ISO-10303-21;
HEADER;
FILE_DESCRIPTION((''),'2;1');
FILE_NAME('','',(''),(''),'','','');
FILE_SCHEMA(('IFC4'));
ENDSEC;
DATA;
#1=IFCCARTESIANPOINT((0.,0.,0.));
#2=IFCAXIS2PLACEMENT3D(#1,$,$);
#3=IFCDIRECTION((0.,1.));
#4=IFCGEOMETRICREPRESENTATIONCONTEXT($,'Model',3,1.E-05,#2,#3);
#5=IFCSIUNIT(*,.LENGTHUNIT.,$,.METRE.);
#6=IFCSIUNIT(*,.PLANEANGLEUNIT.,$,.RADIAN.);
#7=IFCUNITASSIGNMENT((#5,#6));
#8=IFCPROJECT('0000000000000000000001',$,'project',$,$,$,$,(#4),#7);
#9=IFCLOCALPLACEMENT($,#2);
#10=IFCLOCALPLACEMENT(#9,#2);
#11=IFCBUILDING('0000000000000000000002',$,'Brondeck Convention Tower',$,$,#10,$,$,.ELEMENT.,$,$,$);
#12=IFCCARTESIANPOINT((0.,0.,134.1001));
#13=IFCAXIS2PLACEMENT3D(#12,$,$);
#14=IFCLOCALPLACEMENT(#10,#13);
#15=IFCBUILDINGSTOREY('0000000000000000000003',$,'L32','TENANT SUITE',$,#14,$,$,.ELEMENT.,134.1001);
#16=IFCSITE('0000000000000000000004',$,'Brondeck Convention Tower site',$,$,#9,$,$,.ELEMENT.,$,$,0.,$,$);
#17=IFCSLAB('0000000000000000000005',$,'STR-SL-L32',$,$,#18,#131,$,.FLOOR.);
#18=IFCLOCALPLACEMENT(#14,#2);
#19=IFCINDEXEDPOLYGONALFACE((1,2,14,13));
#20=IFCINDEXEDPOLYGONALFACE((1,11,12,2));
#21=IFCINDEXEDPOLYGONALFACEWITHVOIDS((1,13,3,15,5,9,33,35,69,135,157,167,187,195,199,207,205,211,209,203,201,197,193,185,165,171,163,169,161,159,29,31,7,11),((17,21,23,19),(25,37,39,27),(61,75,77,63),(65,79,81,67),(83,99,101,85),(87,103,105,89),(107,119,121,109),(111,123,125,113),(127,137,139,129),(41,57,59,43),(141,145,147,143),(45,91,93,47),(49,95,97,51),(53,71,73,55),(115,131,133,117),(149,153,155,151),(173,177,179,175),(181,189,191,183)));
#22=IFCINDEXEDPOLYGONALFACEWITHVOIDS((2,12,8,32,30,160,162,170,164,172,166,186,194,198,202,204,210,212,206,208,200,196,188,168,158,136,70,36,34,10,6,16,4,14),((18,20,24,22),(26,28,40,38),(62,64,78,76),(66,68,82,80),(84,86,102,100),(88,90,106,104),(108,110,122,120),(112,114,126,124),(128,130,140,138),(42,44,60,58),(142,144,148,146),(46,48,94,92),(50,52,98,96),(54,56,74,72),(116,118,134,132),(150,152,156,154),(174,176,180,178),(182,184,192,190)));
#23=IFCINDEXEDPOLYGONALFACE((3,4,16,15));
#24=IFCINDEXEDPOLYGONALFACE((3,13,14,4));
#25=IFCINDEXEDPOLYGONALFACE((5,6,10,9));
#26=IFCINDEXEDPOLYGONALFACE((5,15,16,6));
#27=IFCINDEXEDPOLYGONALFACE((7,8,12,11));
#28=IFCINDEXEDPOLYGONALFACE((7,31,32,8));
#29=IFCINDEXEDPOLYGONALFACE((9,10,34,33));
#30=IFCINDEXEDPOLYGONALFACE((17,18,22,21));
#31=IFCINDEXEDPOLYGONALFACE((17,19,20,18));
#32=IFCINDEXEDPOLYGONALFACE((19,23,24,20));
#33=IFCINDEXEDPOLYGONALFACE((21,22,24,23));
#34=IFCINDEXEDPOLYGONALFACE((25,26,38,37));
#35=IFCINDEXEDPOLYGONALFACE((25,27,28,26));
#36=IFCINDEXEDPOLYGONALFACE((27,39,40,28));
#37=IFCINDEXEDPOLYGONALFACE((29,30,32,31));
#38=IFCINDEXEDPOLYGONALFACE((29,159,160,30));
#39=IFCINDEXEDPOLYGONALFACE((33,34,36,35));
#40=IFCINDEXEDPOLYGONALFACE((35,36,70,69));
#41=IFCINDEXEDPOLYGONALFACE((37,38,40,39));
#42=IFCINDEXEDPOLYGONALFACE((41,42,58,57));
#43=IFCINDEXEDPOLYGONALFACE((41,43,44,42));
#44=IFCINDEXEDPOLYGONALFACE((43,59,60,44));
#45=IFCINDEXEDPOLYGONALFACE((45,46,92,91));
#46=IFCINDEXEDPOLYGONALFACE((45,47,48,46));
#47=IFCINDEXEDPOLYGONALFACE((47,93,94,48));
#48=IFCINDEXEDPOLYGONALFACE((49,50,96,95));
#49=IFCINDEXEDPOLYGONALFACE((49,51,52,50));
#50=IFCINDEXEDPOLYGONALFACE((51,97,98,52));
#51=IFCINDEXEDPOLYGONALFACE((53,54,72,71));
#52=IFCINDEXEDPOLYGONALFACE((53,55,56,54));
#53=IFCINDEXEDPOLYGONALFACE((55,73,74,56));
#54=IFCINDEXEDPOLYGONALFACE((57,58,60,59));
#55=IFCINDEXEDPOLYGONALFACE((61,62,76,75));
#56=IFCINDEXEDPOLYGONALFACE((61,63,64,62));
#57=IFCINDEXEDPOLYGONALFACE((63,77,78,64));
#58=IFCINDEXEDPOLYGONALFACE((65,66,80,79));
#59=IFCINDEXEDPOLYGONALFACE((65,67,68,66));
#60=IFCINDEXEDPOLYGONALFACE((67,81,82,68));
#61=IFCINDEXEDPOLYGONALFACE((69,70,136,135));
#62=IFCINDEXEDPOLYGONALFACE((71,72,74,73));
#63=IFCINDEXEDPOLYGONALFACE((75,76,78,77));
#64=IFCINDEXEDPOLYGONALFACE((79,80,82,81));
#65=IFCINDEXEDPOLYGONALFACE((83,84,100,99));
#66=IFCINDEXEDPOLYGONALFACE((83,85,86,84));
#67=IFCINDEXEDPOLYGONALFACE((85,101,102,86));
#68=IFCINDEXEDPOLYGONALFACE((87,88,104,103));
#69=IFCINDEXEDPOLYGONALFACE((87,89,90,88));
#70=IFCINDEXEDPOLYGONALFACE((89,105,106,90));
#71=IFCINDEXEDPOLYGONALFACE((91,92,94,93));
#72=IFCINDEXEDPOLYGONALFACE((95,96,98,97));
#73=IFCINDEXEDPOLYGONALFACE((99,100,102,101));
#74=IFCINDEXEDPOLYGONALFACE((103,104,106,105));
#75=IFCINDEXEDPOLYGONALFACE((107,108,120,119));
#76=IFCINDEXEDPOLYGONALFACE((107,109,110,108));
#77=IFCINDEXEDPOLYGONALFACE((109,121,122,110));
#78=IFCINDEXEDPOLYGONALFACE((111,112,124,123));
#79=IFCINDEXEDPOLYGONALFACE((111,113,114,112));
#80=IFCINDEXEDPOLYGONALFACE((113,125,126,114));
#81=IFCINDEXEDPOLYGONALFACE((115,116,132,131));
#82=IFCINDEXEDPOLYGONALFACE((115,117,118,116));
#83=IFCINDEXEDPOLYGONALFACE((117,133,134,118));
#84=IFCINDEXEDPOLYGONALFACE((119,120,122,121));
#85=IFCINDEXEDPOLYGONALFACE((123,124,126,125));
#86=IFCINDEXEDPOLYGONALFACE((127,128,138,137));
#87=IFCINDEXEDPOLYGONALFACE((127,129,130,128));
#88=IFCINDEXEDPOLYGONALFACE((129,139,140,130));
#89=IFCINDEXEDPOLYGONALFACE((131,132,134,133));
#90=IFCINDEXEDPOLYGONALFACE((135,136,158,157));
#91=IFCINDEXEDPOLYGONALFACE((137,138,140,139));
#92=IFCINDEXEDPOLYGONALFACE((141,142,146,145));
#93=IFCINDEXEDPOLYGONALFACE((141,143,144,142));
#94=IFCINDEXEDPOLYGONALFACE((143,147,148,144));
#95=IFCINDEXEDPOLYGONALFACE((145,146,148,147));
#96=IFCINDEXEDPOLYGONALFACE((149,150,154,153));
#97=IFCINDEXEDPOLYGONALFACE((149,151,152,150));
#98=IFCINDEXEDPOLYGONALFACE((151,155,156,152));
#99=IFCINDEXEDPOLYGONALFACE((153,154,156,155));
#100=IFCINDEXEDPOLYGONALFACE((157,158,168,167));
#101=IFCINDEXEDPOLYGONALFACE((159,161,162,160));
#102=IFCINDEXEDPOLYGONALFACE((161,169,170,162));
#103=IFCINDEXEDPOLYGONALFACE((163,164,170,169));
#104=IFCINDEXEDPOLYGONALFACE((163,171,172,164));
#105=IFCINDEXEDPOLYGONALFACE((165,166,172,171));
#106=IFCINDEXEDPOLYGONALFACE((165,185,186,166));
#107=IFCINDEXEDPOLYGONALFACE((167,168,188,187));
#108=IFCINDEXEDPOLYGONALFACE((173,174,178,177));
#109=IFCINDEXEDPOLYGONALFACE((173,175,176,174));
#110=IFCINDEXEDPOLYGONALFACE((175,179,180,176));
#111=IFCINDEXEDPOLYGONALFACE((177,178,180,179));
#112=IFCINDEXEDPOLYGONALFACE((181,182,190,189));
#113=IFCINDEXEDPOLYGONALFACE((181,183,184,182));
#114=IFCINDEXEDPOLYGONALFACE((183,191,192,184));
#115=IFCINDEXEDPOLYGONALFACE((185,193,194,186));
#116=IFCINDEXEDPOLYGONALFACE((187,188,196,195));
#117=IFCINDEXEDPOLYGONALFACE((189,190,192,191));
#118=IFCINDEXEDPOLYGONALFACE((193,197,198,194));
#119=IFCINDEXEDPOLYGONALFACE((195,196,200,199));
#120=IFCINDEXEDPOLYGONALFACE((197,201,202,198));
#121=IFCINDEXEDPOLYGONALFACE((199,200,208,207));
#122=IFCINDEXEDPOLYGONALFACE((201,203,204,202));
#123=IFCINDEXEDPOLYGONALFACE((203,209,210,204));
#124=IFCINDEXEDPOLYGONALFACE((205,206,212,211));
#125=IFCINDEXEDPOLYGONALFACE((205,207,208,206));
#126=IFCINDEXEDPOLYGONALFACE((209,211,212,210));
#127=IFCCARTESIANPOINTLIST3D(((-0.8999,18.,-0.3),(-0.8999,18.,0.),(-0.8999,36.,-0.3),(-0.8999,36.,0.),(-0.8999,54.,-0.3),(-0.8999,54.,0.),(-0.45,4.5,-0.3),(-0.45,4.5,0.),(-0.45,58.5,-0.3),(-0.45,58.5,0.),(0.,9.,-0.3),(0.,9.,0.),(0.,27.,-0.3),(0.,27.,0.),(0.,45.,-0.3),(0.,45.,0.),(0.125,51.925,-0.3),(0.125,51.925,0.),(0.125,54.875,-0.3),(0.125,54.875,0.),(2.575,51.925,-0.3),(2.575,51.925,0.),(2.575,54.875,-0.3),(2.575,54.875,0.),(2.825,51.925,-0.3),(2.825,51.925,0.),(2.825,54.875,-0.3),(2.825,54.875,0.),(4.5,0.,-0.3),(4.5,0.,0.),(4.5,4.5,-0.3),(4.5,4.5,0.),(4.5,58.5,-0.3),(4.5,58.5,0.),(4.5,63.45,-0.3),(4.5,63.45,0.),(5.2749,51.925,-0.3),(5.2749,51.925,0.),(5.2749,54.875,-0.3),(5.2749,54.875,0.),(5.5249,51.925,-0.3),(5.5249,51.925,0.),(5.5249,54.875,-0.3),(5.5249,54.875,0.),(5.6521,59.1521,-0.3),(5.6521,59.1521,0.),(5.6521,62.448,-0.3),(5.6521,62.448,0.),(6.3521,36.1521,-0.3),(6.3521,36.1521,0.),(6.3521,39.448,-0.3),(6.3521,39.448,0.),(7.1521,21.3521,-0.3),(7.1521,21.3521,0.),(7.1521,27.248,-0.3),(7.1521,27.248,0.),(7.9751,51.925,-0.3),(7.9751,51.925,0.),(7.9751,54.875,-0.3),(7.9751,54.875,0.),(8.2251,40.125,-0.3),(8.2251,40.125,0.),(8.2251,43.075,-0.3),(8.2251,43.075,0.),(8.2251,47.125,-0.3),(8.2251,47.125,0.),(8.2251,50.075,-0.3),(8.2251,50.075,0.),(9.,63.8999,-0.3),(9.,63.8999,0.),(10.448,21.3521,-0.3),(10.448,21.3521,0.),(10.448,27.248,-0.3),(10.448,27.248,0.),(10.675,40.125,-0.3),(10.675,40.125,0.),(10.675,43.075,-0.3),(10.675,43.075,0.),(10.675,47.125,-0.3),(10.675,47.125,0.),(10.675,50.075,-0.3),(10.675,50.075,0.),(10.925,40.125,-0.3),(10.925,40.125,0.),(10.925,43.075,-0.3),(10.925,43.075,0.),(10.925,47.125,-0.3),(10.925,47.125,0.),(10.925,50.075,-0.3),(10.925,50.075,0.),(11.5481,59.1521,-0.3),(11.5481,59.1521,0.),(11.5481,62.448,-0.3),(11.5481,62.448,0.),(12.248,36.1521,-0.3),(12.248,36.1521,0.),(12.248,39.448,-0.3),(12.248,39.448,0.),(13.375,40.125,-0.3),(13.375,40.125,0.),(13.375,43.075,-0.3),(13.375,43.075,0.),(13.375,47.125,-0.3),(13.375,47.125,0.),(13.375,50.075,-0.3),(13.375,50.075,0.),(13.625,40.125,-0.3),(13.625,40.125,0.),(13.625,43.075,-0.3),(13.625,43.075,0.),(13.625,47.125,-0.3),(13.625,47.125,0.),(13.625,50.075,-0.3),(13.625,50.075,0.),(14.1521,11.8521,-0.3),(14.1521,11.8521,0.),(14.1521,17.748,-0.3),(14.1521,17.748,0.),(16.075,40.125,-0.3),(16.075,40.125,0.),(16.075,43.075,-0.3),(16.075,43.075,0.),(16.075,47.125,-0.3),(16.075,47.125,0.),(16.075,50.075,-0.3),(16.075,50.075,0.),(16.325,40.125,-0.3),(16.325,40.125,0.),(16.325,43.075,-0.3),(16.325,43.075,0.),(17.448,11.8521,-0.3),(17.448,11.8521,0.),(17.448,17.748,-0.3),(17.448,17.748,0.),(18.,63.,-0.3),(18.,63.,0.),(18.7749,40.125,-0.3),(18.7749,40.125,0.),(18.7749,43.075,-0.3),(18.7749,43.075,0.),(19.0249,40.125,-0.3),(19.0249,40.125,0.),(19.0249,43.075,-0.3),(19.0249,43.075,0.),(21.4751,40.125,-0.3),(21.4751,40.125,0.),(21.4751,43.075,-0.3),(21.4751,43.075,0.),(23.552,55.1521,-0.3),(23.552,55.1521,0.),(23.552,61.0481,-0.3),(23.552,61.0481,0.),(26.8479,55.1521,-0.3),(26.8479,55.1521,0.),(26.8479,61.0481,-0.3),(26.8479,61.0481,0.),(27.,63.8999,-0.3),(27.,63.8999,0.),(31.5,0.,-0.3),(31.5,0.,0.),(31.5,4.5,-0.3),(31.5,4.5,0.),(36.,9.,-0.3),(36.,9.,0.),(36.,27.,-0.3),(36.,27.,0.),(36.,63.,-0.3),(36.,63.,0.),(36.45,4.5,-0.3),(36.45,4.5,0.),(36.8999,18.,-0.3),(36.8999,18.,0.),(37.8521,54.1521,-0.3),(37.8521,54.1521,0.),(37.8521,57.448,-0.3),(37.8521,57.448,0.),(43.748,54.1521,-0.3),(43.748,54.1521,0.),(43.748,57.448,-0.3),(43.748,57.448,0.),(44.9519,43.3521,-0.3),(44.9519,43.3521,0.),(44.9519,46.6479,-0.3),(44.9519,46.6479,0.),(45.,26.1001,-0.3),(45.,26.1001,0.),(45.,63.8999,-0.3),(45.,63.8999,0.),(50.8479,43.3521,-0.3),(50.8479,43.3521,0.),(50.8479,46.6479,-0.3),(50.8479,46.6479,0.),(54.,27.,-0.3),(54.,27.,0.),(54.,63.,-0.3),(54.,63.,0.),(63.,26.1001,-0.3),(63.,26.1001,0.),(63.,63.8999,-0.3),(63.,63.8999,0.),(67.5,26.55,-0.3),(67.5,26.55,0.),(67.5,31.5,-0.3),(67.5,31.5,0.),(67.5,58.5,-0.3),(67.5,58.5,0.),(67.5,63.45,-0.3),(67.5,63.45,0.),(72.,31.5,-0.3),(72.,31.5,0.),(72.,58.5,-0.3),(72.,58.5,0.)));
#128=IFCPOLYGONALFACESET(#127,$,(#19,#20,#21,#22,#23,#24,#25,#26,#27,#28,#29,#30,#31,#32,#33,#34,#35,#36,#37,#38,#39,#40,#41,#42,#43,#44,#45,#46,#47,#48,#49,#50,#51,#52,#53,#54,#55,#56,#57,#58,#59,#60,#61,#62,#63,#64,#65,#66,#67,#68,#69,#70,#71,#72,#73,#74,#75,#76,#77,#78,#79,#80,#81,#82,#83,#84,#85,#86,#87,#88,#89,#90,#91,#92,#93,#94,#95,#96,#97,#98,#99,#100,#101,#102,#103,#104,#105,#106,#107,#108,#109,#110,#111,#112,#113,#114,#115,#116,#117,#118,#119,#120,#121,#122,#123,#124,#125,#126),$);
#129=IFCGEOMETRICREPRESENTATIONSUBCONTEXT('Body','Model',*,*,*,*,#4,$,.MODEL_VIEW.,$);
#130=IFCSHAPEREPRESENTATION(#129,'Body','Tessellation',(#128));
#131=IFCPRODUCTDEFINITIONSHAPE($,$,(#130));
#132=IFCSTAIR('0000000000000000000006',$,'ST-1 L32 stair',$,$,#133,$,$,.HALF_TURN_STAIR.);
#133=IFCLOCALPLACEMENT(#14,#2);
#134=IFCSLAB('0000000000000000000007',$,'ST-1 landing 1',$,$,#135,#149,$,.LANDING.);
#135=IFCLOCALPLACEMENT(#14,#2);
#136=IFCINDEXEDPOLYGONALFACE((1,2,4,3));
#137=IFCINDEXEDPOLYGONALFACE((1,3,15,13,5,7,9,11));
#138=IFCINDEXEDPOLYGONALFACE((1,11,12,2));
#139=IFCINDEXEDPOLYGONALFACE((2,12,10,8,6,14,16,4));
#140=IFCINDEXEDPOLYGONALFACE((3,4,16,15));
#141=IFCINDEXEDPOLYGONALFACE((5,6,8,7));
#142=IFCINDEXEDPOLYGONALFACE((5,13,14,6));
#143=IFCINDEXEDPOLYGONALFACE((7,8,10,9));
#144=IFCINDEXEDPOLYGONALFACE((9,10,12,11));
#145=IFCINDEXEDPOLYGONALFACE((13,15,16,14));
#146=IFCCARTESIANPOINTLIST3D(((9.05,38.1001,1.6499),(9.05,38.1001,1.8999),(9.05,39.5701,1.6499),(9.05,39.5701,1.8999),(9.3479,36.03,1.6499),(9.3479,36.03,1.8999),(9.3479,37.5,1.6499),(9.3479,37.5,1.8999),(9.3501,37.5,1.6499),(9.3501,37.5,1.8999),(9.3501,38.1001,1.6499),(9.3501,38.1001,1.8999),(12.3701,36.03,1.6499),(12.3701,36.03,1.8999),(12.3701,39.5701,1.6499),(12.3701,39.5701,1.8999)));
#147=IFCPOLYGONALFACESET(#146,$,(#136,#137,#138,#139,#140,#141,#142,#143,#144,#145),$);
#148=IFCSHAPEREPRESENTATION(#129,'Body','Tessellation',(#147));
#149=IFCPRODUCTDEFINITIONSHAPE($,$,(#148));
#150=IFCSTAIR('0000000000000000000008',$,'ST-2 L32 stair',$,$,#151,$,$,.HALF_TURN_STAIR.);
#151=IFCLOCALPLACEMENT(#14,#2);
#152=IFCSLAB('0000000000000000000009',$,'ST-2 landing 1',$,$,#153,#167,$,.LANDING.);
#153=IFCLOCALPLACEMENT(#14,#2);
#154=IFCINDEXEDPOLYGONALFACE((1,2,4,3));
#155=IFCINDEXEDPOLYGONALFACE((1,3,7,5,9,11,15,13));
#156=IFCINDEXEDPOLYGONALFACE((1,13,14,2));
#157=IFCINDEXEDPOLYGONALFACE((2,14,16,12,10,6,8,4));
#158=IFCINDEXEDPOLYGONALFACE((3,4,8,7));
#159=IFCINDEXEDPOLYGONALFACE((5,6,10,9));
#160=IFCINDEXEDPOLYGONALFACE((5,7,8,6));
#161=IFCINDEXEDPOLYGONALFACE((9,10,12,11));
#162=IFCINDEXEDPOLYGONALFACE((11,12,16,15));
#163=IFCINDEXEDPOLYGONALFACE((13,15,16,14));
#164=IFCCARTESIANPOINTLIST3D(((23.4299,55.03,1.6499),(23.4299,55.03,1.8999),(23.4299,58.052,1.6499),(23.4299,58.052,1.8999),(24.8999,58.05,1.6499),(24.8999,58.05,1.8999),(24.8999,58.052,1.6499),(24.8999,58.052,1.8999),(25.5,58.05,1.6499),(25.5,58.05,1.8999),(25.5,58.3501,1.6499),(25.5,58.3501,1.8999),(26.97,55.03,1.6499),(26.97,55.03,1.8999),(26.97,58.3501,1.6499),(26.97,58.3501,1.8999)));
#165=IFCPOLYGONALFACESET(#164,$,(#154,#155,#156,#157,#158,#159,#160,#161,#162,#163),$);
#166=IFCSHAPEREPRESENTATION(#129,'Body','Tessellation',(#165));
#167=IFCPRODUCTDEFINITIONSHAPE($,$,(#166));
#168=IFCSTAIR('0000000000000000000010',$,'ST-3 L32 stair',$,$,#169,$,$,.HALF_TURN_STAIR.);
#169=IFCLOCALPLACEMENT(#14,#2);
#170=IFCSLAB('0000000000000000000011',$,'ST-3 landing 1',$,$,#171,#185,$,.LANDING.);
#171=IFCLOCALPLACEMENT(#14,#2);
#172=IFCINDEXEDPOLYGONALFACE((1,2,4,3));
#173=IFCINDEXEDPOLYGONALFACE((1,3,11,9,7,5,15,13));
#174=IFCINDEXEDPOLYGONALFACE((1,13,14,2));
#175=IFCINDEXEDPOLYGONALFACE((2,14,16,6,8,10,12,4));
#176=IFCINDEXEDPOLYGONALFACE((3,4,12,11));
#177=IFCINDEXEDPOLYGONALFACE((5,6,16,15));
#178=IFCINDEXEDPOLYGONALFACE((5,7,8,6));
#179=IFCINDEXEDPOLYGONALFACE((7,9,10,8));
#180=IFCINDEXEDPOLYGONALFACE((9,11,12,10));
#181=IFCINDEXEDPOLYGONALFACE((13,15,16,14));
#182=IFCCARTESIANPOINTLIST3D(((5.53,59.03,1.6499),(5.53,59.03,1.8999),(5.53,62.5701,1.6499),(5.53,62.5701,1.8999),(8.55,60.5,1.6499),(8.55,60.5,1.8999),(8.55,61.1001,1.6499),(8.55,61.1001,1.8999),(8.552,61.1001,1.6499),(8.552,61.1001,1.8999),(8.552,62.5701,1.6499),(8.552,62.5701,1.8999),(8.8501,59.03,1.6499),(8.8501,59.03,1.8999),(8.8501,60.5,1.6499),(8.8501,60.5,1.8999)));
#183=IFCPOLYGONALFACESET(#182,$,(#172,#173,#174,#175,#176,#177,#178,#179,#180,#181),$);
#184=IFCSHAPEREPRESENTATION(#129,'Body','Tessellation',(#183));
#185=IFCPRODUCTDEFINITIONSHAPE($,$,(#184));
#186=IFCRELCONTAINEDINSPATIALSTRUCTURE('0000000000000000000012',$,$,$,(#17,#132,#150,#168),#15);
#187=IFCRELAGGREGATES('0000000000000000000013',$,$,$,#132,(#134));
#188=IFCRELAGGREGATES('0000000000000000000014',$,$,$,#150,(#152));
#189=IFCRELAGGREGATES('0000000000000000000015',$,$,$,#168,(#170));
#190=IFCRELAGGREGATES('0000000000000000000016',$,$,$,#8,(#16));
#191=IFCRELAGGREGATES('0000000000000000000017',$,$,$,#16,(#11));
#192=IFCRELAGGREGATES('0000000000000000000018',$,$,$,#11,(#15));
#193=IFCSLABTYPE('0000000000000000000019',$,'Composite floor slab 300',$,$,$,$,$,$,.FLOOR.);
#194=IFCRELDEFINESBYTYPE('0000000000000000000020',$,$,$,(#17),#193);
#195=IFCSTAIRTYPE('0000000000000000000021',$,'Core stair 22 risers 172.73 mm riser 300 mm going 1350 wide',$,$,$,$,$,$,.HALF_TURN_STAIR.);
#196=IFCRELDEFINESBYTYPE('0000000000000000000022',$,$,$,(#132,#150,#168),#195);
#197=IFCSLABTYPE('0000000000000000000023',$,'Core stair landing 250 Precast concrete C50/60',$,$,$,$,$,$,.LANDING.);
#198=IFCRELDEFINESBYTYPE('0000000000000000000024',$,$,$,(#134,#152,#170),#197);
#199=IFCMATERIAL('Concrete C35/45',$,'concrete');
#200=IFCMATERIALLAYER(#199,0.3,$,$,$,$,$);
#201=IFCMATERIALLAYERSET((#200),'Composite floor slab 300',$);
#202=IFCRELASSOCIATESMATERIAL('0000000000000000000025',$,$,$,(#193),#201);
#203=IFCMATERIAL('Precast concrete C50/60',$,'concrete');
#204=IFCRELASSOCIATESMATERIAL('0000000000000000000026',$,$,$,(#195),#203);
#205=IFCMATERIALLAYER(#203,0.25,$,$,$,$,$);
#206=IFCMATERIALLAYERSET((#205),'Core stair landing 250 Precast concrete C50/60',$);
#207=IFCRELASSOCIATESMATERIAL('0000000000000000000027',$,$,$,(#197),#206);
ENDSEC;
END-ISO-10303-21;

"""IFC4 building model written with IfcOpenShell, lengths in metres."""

from ifc_helpers import new_model, si_unit, direction, frame, origin, place, context, subcontext, project, spatial, polyline, outline, extrude, material, layer, layer_set, type_object, element, aggregate, save


model = new_model("IFC4")

# Units and contexts
model_context = context("Model", 3, precision=1e-05, world=origin(), true_north=direction((0.0, 1.0)))
body_context = subcontext(model_context, "Body", "Model", "MODEL_VIEW")
ifc_project = project(units=[si_unit("LENGTHUNIT", "METRE"), si_unit("PLANEANGLEUNIT", "RADIAN")], contexts=[model_context])

# Site, building, storey
site_placement = place(None, origin())
site = spatial("IfcSite", under=ifc_project, at=site_placement, Name="Brondeck Convention Tower site", CompositionType="ELEMENT", RefElevation=0.0)
building_placement = place(site_placement, origin())
building = spatial("IfcBuilding", under=site, at=building_placement, Name="Brondeck Convention Tower", CompositionType="ELEMENT")
storey_placement = place(building_placement, frame((0.0, 0.0, 134.1001)))
storey = spatial("IfcBuildingStorey", under=building, at=storey_placement, Name="L32", Description="TENANT SUITE", CompositionType="ELEMENT", Elevation=134.1001)

# Slab
ifc_material_1 = material(Name="Concrete C35/45", Category="concrete")
ifc_layer_1 = layer(ifc_material_1, 0.3)
ifc_layer_set_1 = layer_set([ifc_layer_1], Name="Composite floor slab 300")
slab_type_1 = type_object("IfcSlabType", Name="Composite floor slab 300", PredefinedType="FLOOR", material=ifc_layer_set_1)
slab_1_placement = place(storey_placement, frame((0.0, 0.0, -0.3)))
element("IfcSlab", 1, at=slab_1_placement, inside=storey, type_object=slab_type_1, Name="STR-SL-L32", PredefinedType="FLOOR", context=body_context, shape_type="SweptSolid", body=[
    extrude(outline(polyline([(4.5, 4.5), (-0.45, 4.5), (0.0, 9.0), (-0.8999, 18.0), (0.0, 27.0), (-0.8999, 36.0), (0.0, 45.0), (-0.8999, 54.0), (-0.45, 58.5), (4.5, 58.5), (4.5, 63.45), (9.0, 63.8999), (18.0, 63.0), (27.0, 63.8999), (36.0, 63.0), (45.0, 63.8999), (54.0, 63.0), (63.0, 63.8999), (67.5, 63.45), (67.5, 58.5), (72.0, 58.5), (72.0, 31.5), (67.5, 31.5), (67.5, 26.55), (63.0, 26.1001), (54.0, 27.0), (45.0, 26.1001), (36.0, 27.0), (36.8999, 18.0), (36.0, 9.0), (36.45, 4.5), (31.5, 4.5), (31.5, 0.0), (4.5, 0.0), (4.5, 4.5)]), holes=[polyline([(10.448, 27.248), (7.1521, 27.248), (7.1521, 21.3521), (10.448, 21.3521), (10.448, 27.248)]), polyline([(12.248, 36.1521), (12.248, 39.448), (6.3521, 39.448), (6.3521, 36.1521), (12.248, 36.1521)]), polyline([(10.675, 40.125), (10.675, 43.075), (8.2251, 43.075), (8.2251, 40.125), (10.675, 40.125)]), polyline([(10.675, 47.125), (10.675, 50.075), (8.2251, 50.075), (8.2251, 47.125), (10.675, 47.125)]), polyline([(13.375, 47.125), (13.375, 50.075), (10.925, 50.075), (10.925, 47.125), (13.375, 47.125)]), polyline([(2.575, 51.925), (2.575, 54.875), (0.125, 54.875), (0.125, 51.925), (2.575, 51.925)]), polyline([(5.2749, 51.925), (5.2749, 54.875), (2.825, 54.875), (2.825, 51.925), (5.2749, 51.925)]), polyline([(5.5249, 51.925), (7.9751, 51.925), (7.9751, 54.875), (5.5249, 54.875), (5.5249, 51.925)]), polyline([(11.5481, 62.448), (5.6521, 62.448), (5.6521, 59.1521), (11.5481, 59.1521), (11.5481, 62.448)]), polyline([(17.448, 17.748), (14.1521, 17.748), (14.1521, 11.8521), (17.448, 11.8521), (17.448, 17.748)]), polyline([(13.375, 40.125), (13.375, 43.075), (10.925, 43.075), (10.925, 40.125), (13.375, 40.125)]), polyline([(16.075, 40.125), (16.075, 43.075), (13.625, 43.075), (13.625, 40.125), (16.075, 40.125)]), polyline([(18.7749, 40.125), (18.7749, 43.075), (16.325, 43.075), (16.325, 40.125), (18.7749, 40.125)]), polyline([(21.4751, 40.125), (21.4751, 43.075), (19.0249, 43.075), (19.0249, 40.125), (21.4751, 40.125)]), polyline([(50.8479, 43.3521), (50.8479, 46.6479), (44.9519, 46.6479), (44.9519, 43.3521), (50.8479, 43.3521)]), polyline([(16.075, 47.125), (16.075, 50.075), (13.625, 50.075), (13.625, 47.125), (16.075, 47.125)]), polyline([(37.8521, 54.1521), (43.748, 54.1521), (43.748, 57.448), (37.8521, 57.448), (37.8521, 54.1521)]), polyline([(23.552, 61.0481), (23.552, 55.1521), (26.8479, 55.1521), (26.8479, 61.0481), (23.552, 61.0481)])]), origin(), (0.0, 0.0, 1.0), 0.3),
])

# Stairs, slabs
ifc_material_2 = material(Name="Precast concrete C50/60", Category="concrete")
stair_type = type_object("IfcStairType", Name="Core stair 22 risers 172.73 mm riser 300 mm going 1350 wide", PredefinedType="HALF_TURN_STAIR", material=ifc_material_2)
stair_1_placement = place(storey_placement, origin())
stair_1 = element("IfcStair", 2, at=stair_1_placement, inside=storey, type_object=stair_type, Name="ST-1 L32 stair", PredefinedType="HALF_TURN_STAIR")
ifc_layer_2 = layer(ifc_material_2, 0.25)
ifc_layer_set_2 = layer_set([ifc_layer_2], Name="Core stair landing 250 Precast concrete C50/60")
slab_type_2 = type_object("IfcSlabType", Name="Core stair landing 250 Precast concrete C50/60", PredefinedType="LANDING", material=ifc_layer_set_2)
slab_2_placement = place(storey_placement, frame((0.0, 0.0, 1.6499)))
slab_2 = element("IfcSlab", 3, at=slab_2_placement, type_object=slab_type_2, Name="ST-1 landing 1", PredefinedType="LANDING", context=body_context, shape_type="SweptSolid", body=[
    extrude(outline(polyline([(9.3479, 37.5), (9.3501, 37.5), (9.3501, 38.1001), (9.05, 38.1001), (9.05, 39.5701), (12.3701, 39.5701), (12.3701, 36.03), (9.3479, 36.03), (9.3479, 37.5)])), origin(), (0.0, 0.0, 1.0), 0.25),
])
aggregate(stair_1, [slab_2])
stair_2_placement = place(storey_placement, origin())
stair_2 = element("IfcStair", 4, at=stair_2_placement, inside=storey, type_object=stair_type, Name="ST-2 L32 stair", PredefinedType="HALF_TURN_STAIR")
slab_3_placement = place(storey_placement, frame((0.0, 0.0, 1.6499)))
slab_3 = element("IfcSlab", 5, at=slab_3_placement, type_object=slab_type_2, Name="ST-2 landing 1", PredefinedType="LANDING", context=body_context, shape_type="SweptSolid", body=[
    extrude(outline(polyline([(23.4299, 58.052), (24.8999, 58.052), (24.8999, 58.05), (25.5, 58.05), (25.5, 58.3501), (26.97, 58.3501), (26.97, 55.03), (23.4299, 55.03), (23.4299, 58.052)])), origin(), (0.0, 0.0, 1.0), 0.25),
])
aggregate(stair_2, [slab_3])
stair_3_placement = place(storey_placement, origin())
stair_3 = element("IfcStair", 6, at=stair_3_placement, inside=storey, type_object=stair_type, Name="ST-3 L32 stair", PredefinedType="HALF_TURN_STAIR")
slab_4_placement = place(storey_placement, frame((0.0, 0.0, 1.6499)))
slab_4 = element("IfcSlab", 7, at=slab_4_placement, type_object=slab_type_2, Name="ST-3 landing 1", PredefinedType="LANDING", context=body_context, shape_type="SweptSolid", body=[
    extrude(outline(polyline([(8.8501, 60.5), (8.8501, 59.03), (5.53, 59.03), (5.53, 62.5701), (8.552, 62.5701), (8.552, 61.1001), (8.55, 61.1001), (8.55, 60.5), (8.8501, 60.5)])), origin(), (0.0, 0.0, 1.0), 0.25),
])
aggregate(stair_3, [slab_4])

save(model, "model.ifc")
